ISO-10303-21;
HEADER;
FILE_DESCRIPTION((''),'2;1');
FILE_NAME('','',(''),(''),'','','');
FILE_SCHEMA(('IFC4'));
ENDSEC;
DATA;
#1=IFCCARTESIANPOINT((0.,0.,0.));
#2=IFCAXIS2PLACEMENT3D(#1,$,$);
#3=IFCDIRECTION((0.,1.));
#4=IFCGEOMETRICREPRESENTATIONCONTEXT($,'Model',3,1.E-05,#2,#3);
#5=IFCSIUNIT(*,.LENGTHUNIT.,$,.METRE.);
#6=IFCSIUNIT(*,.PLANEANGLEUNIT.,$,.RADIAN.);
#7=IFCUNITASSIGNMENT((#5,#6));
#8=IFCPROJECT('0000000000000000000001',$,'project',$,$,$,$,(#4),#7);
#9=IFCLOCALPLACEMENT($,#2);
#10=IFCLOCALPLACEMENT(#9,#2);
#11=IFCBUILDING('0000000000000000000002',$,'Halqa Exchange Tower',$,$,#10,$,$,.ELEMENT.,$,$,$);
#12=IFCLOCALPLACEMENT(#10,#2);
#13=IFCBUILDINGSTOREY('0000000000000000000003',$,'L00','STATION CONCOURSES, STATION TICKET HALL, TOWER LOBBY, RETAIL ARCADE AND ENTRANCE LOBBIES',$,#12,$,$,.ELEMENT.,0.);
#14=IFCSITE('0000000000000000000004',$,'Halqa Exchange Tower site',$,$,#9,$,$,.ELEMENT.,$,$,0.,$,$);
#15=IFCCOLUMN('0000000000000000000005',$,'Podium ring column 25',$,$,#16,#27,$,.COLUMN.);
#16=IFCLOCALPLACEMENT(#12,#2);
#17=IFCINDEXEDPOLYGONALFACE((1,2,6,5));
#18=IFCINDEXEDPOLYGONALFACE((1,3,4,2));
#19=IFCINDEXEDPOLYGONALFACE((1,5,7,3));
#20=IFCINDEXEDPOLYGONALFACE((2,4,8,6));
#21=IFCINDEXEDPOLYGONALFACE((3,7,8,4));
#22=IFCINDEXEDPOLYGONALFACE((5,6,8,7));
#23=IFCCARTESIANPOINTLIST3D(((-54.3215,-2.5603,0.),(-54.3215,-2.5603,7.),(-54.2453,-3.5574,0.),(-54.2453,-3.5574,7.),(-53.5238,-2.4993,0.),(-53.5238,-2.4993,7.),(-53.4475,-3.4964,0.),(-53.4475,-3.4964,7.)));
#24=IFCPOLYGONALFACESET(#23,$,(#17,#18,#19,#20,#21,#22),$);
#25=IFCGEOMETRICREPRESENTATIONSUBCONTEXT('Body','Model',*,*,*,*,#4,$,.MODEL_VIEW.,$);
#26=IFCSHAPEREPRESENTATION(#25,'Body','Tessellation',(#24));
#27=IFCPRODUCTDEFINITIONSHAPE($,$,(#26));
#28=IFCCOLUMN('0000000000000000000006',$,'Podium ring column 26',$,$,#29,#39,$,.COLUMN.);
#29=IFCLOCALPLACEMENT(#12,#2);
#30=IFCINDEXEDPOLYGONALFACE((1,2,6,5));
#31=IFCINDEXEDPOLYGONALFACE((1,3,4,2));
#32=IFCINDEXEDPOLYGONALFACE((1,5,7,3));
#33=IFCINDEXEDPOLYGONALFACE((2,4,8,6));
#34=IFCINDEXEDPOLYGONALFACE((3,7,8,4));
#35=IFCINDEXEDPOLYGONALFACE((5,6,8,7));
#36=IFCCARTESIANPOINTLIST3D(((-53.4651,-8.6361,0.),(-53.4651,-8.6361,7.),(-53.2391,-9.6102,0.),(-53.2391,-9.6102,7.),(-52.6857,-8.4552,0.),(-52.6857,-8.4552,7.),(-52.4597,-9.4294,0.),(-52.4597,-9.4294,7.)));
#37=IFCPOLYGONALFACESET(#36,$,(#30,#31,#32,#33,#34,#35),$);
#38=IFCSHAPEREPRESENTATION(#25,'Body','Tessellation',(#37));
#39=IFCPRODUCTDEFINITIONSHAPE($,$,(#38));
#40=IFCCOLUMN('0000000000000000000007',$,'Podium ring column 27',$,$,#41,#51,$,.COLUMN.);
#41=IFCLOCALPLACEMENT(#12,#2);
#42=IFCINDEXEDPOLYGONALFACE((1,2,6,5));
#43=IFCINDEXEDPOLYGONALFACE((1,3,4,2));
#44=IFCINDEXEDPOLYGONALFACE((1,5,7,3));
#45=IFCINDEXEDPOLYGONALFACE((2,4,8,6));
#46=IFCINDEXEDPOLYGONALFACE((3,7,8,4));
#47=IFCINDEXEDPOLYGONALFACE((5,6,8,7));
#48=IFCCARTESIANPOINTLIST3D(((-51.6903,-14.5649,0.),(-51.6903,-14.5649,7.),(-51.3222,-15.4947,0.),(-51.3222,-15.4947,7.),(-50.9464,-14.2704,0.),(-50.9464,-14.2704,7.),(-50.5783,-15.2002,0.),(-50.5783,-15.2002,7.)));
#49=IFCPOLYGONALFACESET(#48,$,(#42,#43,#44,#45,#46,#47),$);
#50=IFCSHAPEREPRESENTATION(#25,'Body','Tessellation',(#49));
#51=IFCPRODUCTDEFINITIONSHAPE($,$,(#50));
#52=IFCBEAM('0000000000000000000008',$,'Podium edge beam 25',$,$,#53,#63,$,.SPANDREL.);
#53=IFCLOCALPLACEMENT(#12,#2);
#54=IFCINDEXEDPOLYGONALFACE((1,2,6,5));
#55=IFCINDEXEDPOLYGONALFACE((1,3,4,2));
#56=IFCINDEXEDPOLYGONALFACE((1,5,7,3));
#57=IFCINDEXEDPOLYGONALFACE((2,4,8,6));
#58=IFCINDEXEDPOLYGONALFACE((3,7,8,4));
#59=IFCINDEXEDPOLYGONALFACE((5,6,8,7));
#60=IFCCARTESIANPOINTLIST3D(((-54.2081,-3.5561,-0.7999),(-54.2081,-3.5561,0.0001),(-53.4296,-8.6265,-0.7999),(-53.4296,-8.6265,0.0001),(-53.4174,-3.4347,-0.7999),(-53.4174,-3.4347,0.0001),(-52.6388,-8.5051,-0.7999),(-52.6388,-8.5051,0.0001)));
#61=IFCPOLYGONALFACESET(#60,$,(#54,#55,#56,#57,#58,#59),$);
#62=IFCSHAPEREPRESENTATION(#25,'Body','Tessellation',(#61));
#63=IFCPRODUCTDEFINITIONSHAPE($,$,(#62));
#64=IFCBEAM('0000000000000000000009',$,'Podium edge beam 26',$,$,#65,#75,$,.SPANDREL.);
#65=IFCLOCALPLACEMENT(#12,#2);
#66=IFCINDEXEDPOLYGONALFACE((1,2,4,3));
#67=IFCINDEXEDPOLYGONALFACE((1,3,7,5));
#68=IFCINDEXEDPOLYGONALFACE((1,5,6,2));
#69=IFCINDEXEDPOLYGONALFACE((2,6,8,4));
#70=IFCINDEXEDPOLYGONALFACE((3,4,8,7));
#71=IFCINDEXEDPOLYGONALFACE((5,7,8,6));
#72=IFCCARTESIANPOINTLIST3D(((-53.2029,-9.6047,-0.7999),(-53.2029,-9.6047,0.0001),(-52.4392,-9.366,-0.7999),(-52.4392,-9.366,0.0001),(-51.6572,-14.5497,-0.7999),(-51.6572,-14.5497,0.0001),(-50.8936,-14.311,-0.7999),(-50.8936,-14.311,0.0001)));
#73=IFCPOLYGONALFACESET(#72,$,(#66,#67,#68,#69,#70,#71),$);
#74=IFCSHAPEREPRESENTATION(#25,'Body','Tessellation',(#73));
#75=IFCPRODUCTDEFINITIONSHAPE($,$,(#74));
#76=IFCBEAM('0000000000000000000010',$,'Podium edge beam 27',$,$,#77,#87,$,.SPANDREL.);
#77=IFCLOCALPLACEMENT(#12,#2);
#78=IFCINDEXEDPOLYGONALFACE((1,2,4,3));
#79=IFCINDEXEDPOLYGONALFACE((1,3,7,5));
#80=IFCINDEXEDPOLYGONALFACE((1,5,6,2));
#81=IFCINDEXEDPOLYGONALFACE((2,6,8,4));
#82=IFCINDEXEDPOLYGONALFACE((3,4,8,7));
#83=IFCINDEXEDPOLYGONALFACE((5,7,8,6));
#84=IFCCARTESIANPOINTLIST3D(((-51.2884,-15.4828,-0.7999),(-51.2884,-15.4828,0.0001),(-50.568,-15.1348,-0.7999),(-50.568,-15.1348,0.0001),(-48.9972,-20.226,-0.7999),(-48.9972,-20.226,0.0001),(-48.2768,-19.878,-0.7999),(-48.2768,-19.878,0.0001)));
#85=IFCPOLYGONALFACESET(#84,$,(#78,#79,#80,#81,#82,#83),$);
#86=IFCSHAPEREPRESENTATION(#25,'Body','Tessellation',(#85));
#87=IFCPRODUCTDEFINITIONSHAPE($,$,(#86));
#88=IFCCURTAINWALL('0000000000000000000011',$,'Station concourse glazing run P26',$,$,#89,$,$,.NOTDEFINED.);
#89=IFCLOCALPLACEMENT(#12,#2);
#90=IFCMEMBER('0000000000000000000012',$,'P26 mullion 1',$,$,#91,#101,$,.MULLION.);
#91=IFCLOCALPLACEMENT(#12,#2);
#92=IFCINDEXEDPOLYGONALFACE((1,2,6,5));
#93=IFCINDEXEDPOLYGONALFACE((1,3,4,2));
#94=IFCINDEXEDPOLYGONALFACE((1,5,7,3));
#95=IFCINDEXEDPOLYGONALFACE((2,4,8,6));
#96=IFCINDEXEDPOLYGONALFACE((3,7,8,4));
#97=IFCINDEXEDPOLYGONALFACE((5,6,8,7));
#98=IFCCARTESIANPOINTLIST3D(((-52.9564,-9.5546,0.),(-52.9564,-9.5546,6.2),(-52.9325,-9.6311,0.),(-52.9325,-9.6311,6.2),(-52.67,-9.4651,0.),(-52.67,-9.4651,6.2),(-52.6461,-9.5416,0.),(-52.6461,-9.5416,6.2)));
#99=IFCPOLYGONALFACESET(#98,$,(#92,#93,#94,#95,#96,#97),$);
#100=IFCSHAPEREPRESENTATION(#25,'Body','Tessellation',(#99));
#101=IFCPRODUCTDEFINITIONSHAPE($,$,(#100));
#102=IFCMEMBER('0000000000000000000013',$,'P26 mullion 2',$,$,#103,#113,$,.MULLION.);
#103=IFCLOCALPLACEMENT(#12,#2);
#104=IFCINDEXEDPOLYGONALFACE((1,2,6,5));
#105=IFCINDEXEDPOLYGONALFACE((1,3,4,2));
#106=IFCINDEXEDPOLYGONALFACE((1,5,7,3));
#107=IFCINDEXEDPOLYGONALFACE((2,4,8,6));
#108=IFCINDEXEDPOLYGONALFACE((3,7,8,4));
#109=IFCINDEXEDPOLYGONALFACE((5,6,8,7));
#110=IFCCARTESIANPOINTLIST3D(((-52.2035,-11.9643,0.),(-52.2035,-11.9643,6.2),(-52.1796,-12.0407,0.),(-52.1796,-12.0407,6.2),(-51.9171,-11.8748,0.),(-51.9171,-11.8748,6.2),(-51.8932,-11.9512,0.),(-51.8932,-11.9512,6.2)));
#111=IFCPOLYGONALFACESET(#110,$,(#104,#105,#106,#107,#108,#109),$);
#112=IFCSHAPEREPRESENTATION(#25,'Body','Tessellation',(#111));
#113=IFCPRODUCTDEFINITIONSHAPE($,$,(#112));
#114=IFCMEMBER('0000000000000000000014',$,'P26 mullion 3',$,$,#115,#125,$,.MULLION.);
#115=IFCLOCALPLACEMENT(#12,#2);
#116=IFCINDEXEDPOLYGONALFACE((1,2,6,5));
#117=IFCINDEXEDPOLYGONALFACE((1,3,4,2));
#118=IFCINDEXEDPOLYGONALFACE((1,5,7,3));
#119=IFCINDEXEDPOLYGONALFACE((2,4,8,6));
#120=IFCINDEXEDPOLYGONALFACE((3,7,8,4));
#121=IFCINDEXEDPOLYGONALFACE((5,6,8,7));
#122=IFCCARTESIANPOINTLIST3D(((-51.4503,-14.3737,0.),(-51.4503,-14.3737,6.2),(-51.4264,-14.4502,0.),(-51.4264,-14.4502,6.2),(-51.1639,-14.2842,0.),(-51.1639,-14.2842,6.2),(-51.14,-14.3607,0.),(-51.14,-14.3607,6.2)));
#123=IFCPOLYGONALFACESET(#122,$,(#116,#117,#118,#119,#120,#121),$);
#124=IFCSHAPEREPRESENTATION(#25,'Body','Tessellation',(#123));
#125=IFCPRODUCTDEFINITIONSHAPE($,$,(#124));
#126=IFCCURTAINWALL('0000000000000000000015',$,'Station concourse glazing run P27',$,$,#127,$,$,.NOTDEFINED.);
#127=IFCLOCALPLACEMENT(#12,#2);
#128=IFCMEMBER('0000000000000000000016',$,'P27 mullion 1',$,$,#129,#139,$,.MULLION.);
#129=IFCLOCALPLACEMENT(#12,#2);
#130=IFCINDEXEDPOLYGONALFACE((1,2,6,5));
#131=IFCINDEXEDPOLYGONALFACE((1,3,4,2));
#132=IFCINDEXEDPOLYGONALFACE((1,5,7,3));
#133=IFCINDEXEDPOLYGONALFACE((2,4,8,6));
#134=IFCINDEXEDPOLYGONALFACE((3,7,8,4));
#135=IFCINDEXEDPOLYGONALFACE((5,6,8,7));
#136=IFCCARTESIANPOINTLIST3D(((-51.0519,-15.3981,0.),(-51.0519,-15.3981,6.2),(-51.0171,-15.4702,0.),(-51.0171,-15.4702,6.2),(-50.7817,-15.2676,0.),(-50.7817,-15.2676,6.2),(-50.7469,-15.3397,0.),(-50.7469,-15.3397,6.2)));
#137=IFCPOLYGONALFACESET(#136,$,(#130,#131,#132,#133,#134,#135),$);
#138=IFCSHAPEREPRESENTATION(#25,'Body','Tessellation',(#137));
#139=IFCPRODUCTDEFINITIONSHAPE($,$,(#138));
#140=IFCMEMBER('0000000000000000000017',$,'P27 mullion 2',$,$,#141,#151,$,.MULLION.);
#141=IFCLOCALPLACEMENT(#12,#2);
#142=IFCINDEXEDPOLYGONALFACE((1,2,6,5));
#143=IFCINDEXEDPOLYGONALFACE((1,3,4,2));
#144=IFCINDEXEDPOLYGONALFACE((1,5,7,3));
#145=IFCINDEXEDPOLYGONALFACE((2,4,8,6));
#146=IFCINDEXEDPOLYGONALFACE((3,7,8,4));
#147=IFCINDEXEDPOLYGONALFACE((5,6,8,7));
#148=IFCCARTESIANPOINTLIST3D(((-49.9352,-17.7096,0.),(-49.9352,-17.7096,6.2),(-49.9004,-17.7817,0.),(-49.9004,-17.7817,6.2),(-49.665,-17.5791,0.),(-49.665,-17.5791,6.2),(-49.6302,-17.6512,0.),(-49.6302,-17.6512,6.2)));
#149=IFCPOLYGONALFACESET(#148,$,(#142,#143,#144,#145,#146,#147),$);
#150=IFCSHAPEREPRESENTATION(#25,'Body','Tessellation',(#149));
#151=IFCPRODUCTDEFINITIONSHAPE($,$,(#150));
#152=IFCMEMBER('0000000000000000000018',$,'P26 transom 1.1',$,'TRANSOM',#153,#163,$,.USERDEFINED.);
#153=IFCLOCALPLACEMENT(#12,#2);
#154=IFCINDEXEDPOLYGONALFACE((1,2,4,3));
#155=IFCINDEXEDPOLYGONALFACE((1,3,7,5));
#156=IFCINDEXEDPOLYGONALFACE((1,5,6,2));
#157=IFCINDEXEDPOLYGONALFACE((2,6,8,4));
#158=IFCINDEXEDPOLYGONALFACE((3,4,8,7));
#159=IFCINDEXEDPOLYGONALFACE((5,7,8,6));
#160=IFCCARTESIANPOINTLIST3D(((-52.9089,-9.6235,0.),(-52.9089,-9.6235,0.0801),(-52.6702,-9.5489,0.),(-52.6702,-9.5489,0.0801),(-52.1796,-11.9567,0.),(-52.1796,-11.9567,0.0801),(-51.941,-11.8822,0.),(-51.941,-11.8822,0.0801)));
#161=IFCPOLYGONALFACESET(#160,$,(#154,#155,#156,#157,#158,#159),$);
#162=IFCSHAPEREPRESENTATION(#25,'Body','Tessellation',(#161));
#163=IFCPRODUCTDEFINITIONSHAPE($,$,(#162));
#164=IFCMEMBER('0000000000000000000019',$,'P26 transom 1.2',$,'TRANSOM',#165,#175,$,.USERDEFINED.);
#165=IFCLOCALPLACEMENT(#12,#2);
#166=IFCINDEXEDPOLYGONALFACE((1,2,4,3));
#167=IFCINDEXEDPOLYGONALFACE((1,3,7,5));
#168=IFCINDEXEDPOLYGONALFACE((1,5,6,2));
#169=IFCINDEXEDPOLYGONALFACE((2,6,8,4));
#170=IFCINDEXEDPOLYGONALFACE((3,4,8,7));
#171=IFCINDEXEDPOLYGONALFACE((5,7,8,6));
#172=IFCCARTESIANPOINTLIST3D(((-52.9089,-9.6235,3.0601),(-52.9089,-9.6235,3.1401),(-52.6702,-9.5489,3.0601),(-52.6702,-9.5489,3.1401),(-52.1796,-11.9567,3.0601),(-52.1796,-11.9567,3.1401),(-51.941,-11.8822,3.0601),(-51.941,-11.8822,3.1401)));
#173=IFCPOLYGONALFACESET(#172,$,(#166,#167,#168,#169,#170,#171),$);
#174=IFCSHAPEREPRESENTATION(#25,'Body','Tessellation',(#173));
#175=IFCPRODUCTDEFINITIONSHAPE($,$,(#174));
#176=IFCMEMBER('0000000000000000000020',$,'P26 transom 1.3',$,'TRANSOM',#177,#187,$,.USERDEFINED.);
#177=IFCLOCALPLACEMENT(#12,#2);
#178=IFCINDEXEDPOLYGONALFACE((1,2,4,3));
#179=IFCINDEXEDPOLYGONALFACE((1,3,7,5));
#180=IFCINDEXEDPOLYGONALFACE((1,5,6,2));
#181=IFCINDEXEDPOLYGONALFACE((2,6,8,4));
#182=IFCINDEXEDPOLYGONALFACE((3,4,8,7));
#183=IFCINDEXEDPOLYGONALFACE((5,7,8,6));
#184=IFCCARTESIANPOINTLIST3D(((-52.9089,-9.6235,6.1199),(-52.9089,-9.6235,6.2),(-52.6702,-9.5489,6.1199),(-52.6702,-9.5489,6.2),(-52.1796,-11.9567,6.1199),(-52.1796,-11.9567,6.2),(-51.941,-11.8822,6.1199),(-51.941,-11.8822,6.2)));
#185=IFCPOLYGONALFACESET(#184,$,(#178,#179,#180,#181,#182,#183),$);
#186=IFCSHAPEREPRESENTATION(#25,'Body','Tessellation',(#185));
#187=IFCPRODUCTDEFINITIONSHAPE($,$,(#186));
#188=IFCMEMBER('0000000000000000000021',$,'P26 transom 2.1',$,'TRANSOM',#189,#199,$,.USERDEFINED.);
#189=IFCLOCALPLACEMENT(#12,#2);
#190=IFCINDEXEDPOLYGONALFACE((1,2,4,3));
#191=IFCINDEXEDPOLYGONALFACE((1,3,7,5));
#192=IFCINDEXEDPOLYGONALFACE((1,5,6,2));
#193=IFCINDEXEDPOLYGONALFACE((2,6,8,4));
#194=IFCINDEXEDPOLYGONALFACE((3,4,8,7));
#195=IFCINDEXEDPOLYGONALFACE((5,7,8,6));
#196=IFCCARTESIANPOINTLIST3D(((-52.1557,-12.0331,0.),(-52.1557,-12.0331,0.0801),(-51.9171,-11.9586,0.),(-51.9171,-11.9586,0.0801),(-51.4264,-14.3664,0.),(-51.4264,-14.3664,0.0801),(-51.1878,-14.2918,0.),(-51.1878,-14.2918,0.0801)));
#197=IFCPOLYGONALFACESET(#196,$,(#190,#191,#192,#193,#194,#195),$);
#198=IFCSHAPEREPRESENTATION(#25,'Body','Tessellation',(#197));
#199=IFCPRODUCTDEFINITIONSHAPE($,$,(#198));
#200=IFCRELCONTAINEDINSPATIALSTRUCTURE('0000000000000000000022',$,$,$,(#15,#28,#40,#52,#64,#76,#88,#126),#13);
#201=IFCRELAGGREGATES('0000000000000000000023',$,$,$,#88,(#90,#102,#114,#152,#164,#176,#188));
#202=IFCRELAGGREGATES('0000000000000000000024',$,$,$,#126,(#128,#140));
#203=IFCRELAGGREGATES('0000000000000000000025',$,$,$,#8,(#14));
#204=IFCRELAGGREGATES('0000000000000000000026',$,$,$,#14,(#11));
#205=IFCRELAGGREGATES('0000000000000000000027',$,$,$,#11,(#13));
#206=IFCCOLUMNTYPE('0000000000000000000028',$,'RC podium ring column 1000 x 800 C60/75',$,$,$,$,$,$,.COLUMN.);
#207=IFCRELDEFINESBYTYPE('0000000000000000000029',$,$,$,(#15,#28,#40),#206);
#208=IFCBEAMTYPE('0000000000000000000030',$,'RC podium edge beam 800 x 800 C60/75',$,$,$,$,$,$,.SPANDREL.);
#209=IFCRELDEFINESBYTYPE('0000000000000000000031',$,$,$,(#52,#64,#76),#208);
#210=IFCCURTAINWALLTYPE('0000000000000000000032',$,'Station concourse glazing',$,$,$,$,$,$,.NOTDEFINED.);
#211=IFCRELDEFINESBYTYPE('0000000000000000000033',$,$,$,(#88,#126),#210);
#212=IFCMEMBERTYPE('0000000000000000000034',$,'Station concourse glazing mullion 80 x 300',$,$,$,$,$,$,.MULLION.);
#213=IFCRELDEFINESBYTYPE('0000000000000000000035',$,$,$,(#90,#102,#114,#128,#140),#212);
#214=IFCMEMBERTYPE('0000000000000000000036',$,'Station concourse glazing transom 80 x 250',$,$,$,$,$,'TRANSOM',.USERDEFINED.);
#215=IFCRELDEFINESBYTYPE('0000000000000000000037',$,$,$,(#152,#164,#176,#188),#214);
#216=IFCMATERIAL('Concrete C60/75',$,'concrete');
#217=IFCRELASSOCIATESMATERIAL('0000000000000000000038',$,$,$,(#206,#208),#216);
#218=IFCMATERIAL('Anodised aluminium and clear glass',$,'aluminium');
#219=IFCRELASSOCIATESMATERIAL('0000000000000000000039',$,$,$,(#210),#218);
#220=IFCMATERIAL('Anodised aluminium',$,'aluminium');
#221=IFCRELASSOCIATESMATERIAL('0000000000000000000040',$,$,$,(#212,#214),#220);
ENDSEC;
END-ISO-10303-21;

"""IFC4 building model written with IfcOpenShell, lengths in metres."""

from ifc_helpers import new_model, si_unit, direction, frame, origin, origin_2d, place, context, subcontext, project, spatial, rectangle, extrude, material, material_profile, profile_set, type_object, element, aggregate, save


model = new_model("IFC4")

# Units and contexts
model_context = context("Model", 3, precision=1e-05, world=origin(), true_north=direction((0.0, 1.0)))
body_context = subcontext(model_context, "Body", "Model", "MODEL_VIEW")
ifc_project = project(units=[si_unit("LENGTHUNIT", "METRE"), si_unit("PLANEANGLEUNIT", "RADIAN")], contexts=[model_context])

# Site, building, storey
site_placement = place(None, origin())
site = spatial("IfcSite", under=ifc_project, at=site_placement, Name="Halqa Exchange Tower site", CompositionType="ELEMENT", RefElevation=0.0)
building_placement = place(site_placement, origin())
building = spatial("IfcBuilding", under=site, at=building_placement, Name="Halqa Exchange Tower", CompositionType="ELEMENT")
storey_placement = place(building_placement, origin())
storey = spatial("IfcBuildingStorey", under=building, at=storey_placement, Name="L00", Description="STATION CONCOURSES, STATION TICKET HALL, TOWER LOBBY, RETAIL ARCADE AND ENTRANCE LOBBIES", CompositionType="ELEMENT", Elevation=0.0)

# Columns
ifc_material_1 = material(Name="Concrete C60/75", Category="concrete")
ifc_material_profile_1 = material_profile(ifc_material_1, rectangle(XDim=1.0, YDim=0.8, at=origin_2d()), Name="1000 x 800")
ifc_profile_set_1 = profile_set([ifc_material_profile_1], Name="Concrete C60/75")
column_type = type_object("IfcColumnType", Name="RC podium ring column 1000 x 800 C60/75", PredefinedType="COLUMN", material=ifc_profile_set_1)
for number, where, z_axis, x_axis, name in (
    (1, (-53.8845, -3.0283, 0.0), (0.0, 0.0, 1.0), (0.076223, -0.997091, 0.0), "Podium ring column 25"),
    (2, (-52.9624, -9.0327, 0.0), (0.0, 0.0, 1.0), (0.225997, -0.974128, 0.0), "Podium ring column 26"),
    (3, (-51.1343, -14.8826, 0.0), (0.0, 0.0, 1.0), (0.36811, -0.929782, 0.0), "Podium ring column 27"),
):
    element("IfcColumn", number, at=place(storey_placement, frame(where, z_axis=z_axis, x_axis=x_axis)), inside=storey, type_object=column_type, Name=name, PredefinedType="COLUMN", context=body_context, shape_type="SweptSolid", body=[
        extrude(rectangle(XDim=1.0, YDim=0.8, at=origin_2d()), origin(), (0.0, 0.0, 1.0), 7.0),
    ])

# Beams
ifc_material_profile_2 = material_profile(ifc_material_1, rectangle(XDim=0.8, YDim=0.8, at=origin_2d()), Name="800 x 800")
ifc_profile_set_2 = profile_set([ifc_material_profile_2], Name="Concrete C60/75")
beam_type = type_object("IfcBeamType", Name="RC podium edge beam 800 x 800 C60/75", PredefinedType="SPANDREL", material=ifc_profile_set_2)
beam_1_placement = place(storey_placement, frame((-53.8127, -3.4954, -0.3999), z_axis=(0.151768, -0.988416, 0.0), x_axis=(0.988416, 0.151768, 0.0)))
element("IfcBeam", 4, at=beam_1_placement, inside=storey, type_object=beam_type, Name="Podium edge beam 25", PredefinedType="SPANDREL", context=body_context, shape_type="SweptSolid", body=[
    extrude(rectangle(XDim=0.8, YDim=0.8, at=origin_2d()), origin(), (0.0, 0.0, 1.0), 5.1299),
])
beam_2_placement = place(storey_placement, frame((-52.821, -9.4854, -0.3999), z_axis=(0.298331, -0.954462, 0.0), x_axis=(0.954462, 0.298331, 0.0)))
element("IfcBeam", 5, at=beam_2_placement, inside=storey, type_object=beam_type, Name="Podium edge beam 26", PredefinedType="SPANDREL", context=body_context, shape_type="SweptSolid", body=[
    extrude(rectangle(XDim=0.8, YDim=0.8, at=origin_2d()), origin(), (0.0, 0.0, 1.0), 5.1809),
])
beam_3_placement = place(storey_placement, frame((-50.9282, -15.3088, -0.3999), z_axis=(0.434973, -0.900443, 0.0), x_axis=(0.900443, 0.434973, 0.0)))
element("IfcBeam", 6, at=beam_3_placement, inside=storey, type_object=beam_type, Name="Podium edge beam 27", PredefinedType="SPANDREL", context=body_context, shape_type="SweptSolid", body=[
    extrude(rectangle(XDim=0.8, YDim=0.8, at=origin_2d()), origin(), (0.0, 0.0, 1.0), 5.2676),
])

# Curtain walls, members
ifc_material_2 = material(Name="Anodised aluminium and clear glass", Category="aluminium")
curtain_wall_type = type_object("IfcCurtainWallType", Name="Station concourse glazing", PredefinedType="NOTDEFINED", material=ifc_material_2)
curtain_wall_1_placement = place(storey_placement, origin())
curtain_wall_1 = element("IfcCurtainWall", 7, at=curtain_wall_1_placement, inside=storey, type_object=curtain_wall_type, Name="Station concourse glazing run P26", PredefinedType="NOTDEFINED")
ifc_material_3 = material(Name="Anodised aluminium", Category="aluminium")
ifc_material_profile_3 = material_profile(ifc_material_3, rectangle(XDim=0.3, YDim=0.0801, at=origin_2d()), Name="AL 80x300")
ifc_profile_set_3 = profile_set([ifc_material_profile_3], Name="Anodised aluminium")
member_type_1 = type_object("IfcMemberType", Name="Station concourse glazing mullion 80 x 300", PredefinedType="MULLION", material=ifc_profile_set_3)
member_1_placement = place(storey_placement, frame((-52.8013, -9.5481, 0.0), z_axis=(0.0, 0.0, 1.0), x_axis=(0.954471, 0.298303, 0.0)))
member_1 = element("IfcMember", 8, at=member_1_placement, type_object=member_type_1, Name="P26 mullion 1", PredefinedType="MULLION", context=body_context, shape_type="SweptSolid", body=[
    extrude(rectangle(XDim=0.3, YDim=0.0801, at=origin_2d()), origin(), (0.0, 0.0, 1.0), 6.2),
])
member_2_placement = place(storey_placement, frame((-52.0483, -11.9578, 0.0), z_axis=(0.0, 0.0, 1.0), x_axis=(0.954471, 0.298303, 0.0)))
member_2 = element("IfcMember", 9, at=member_2_placement, type_object=member_type_1, Name="P26 mullion 2", PredefinedType="MULLION", context=body_context, shape_type="SweptSolid", body=[
    extrude(rectangle(XDim=0.3, YDim=0.0801, at=origin_2d()), origin(), (0.0, 0.0, 1.0), 6.2),
])
member_3_placement = place(storey_placement, frame((-51.2952, -14.3672, 0.0), z_axis=(0.0, 0.0, 1.0), x_axis=(0.954471, 0.298303, 0.0)))
member_3 = element("IfcMember", 10, at=member_3_placement, type_object=member_type_1, Name="P26 mullion 3", PredefinedType="MULLION", context=body_context, shape_type="SweptSolid", body=[
    extrude(rectangle(XDim=0.3, YDim=0.0801, at=origin_2d()), origin(), (0.0, 0.0, 1.0), 6.2),
])
curtain_wall_2_placement = place(storey_placement, origin())
curtain_wall_2 = element("IfcCurtainWall", 11, at=curtain_wall_2_placement, inside=storey, type_object=curtain_wall_type, Name="Station concourse glazing run P27", PredefinedType="NOTDEFINED")
member_4_placement = place(storey_placement, frame((-50.8994, -15.3689, 0.0), z_axis=(0.0, 0.0, 1.0), x_axis=(0.900435, 0.43499, 0.0)))
member_4 = element("IfcMember", 12, at=member_4_placement, type_object=member_type_1, Name="P27 mullion 1", PredefinedType="MULLION", context=body_context, shape_type="SweptSolid", body=[
    extrude(rectangle(XDim=0.3, YDim=0.0801, at=origin_2d()), origin(), (0.0, 0.0, 1.0), 6.2),
])
member_5_placement = place(storey_placement, frame((-49.7827, -17.6804, 0.0), z_axis=(0.0, 0.0, 1.0), x_axis=(0.900435, 0.43499, 0.0)))
member_5 = element("IfcMember", 13, at=member_5_placement, type_object=member_type_1, Name="P27 mullion 2", PredefinedType="MULLION", context=body_context, shape_type="SweptSolid", body=[
    extrude(rectangle(XDim=0.3, YDim=0.0801, at=origin_2d()), origin(), (0.0, 0.0, 1.0), 6.2),
])

# Members
ifc_material_profile_4 = material_profile(ifc_material_3, rectangle(XDim=0.25, YDim=0.0801, at=origin_2d()), Name="AL 80x250")
ifc_profile_set_4 = profile_set([ifc_material_profile_4], Name="Anodised aluminium")
member_type_2 = type_object("IfcMemberType", Name="Station concourse glazing transom 80 x 250", ElementType="TRANSOM", PredefinedType="USERDEFINED", material=ifc_profile_set_4)
member_6_placement = place(storey_placement, frame((-52.7896, -9.5862, 0.04), z_axis=(0.298315, -0.954468, 0.0), x_axis=(0.954468, 0.298315, 0.0)))
member_6 = element("IfcMember", 14, at=member_6_placement, type_object=member_type_2, Name="P26 transom 1.1", ObjectType="TRANSOM", PredefinedType="USERDEFINED", context=body_context, shape_type="SweptSolid", body=[
    extrude(rectangle(XDim=0.25, YDim=0.0801, at=origin_2d()), origin(), (0.0, 0.0, 1.0), 2.4446),
])
member_7_placement = place(storey_placement, frame((-52.7896, -9.5862, 3.1001), z_axis=(0.298315, -0.954468, 0.0), x_axis=(0.954468, 0.298315, 0.0)))
member_7 = element("IfcMember", 15, at=member_7_placement, type_object=member_type_2, Name="P26 transom 1.2", ObjectType="TRANSOM", PredefinedType="USERDEFINED", context=body_context, shape_type="SweptSolid", body=[
    extrude(rectangle(XDim=0.25, YDim=0.0801, at=origin_2d()), origin(), (0.0, 0.0, 1.0), 2.4446),
])
member_8_placement = place(storey_placement, frame((-52.7896, -9.5862, 6.1599), z_axis=(0.298315, -0.954468, 0.0), x_axis=(0.954468, 0.298315, 0.0)))
member_8 = element("IfcMember", 16, at=member_8_placement, type_object=member_type_2, Name="P26 transom 1.3", ObjectType="TRANSOM", PredefinedType="USERDEFINED", context=body_context, shape_type="SweptSolid", body=[
    extrude(rectangle(XDim=0.25, YDim=0.0801, at=origin_2d()), origin(), (0.0, 0.0, 1.0), 2.4446),
])
member_9_placement = place(storey_placement, frame((-52.0364, -11.9958, 0.04), z_axis=(0.298315, -0.954468, 0.0), x_axis=(0.954468, 0.298315, 0.0)))
member_9 = element("IfcMember", 17, at=member_9_placement, type_object=member_type_2, Name="P26 transom 2.1", ObjectType="TRANSOM", PredefinedType="USERDEFINED", context=body_context, shape_type="SweptSolid", body=[
    extrude(rectangle(XDim=0.25, YDim=0.0801, at=origin_2d()), origin(), (0.0, 0.0, 1.0), 2.4446),
])

aggregate(curtain_wall_1, [member_1, member_2, member_3, member_6, member_7, member_8, member_9])
aggregate(curtain_wall_2, [member_4, member_5])

save(model, "model.ifc")
